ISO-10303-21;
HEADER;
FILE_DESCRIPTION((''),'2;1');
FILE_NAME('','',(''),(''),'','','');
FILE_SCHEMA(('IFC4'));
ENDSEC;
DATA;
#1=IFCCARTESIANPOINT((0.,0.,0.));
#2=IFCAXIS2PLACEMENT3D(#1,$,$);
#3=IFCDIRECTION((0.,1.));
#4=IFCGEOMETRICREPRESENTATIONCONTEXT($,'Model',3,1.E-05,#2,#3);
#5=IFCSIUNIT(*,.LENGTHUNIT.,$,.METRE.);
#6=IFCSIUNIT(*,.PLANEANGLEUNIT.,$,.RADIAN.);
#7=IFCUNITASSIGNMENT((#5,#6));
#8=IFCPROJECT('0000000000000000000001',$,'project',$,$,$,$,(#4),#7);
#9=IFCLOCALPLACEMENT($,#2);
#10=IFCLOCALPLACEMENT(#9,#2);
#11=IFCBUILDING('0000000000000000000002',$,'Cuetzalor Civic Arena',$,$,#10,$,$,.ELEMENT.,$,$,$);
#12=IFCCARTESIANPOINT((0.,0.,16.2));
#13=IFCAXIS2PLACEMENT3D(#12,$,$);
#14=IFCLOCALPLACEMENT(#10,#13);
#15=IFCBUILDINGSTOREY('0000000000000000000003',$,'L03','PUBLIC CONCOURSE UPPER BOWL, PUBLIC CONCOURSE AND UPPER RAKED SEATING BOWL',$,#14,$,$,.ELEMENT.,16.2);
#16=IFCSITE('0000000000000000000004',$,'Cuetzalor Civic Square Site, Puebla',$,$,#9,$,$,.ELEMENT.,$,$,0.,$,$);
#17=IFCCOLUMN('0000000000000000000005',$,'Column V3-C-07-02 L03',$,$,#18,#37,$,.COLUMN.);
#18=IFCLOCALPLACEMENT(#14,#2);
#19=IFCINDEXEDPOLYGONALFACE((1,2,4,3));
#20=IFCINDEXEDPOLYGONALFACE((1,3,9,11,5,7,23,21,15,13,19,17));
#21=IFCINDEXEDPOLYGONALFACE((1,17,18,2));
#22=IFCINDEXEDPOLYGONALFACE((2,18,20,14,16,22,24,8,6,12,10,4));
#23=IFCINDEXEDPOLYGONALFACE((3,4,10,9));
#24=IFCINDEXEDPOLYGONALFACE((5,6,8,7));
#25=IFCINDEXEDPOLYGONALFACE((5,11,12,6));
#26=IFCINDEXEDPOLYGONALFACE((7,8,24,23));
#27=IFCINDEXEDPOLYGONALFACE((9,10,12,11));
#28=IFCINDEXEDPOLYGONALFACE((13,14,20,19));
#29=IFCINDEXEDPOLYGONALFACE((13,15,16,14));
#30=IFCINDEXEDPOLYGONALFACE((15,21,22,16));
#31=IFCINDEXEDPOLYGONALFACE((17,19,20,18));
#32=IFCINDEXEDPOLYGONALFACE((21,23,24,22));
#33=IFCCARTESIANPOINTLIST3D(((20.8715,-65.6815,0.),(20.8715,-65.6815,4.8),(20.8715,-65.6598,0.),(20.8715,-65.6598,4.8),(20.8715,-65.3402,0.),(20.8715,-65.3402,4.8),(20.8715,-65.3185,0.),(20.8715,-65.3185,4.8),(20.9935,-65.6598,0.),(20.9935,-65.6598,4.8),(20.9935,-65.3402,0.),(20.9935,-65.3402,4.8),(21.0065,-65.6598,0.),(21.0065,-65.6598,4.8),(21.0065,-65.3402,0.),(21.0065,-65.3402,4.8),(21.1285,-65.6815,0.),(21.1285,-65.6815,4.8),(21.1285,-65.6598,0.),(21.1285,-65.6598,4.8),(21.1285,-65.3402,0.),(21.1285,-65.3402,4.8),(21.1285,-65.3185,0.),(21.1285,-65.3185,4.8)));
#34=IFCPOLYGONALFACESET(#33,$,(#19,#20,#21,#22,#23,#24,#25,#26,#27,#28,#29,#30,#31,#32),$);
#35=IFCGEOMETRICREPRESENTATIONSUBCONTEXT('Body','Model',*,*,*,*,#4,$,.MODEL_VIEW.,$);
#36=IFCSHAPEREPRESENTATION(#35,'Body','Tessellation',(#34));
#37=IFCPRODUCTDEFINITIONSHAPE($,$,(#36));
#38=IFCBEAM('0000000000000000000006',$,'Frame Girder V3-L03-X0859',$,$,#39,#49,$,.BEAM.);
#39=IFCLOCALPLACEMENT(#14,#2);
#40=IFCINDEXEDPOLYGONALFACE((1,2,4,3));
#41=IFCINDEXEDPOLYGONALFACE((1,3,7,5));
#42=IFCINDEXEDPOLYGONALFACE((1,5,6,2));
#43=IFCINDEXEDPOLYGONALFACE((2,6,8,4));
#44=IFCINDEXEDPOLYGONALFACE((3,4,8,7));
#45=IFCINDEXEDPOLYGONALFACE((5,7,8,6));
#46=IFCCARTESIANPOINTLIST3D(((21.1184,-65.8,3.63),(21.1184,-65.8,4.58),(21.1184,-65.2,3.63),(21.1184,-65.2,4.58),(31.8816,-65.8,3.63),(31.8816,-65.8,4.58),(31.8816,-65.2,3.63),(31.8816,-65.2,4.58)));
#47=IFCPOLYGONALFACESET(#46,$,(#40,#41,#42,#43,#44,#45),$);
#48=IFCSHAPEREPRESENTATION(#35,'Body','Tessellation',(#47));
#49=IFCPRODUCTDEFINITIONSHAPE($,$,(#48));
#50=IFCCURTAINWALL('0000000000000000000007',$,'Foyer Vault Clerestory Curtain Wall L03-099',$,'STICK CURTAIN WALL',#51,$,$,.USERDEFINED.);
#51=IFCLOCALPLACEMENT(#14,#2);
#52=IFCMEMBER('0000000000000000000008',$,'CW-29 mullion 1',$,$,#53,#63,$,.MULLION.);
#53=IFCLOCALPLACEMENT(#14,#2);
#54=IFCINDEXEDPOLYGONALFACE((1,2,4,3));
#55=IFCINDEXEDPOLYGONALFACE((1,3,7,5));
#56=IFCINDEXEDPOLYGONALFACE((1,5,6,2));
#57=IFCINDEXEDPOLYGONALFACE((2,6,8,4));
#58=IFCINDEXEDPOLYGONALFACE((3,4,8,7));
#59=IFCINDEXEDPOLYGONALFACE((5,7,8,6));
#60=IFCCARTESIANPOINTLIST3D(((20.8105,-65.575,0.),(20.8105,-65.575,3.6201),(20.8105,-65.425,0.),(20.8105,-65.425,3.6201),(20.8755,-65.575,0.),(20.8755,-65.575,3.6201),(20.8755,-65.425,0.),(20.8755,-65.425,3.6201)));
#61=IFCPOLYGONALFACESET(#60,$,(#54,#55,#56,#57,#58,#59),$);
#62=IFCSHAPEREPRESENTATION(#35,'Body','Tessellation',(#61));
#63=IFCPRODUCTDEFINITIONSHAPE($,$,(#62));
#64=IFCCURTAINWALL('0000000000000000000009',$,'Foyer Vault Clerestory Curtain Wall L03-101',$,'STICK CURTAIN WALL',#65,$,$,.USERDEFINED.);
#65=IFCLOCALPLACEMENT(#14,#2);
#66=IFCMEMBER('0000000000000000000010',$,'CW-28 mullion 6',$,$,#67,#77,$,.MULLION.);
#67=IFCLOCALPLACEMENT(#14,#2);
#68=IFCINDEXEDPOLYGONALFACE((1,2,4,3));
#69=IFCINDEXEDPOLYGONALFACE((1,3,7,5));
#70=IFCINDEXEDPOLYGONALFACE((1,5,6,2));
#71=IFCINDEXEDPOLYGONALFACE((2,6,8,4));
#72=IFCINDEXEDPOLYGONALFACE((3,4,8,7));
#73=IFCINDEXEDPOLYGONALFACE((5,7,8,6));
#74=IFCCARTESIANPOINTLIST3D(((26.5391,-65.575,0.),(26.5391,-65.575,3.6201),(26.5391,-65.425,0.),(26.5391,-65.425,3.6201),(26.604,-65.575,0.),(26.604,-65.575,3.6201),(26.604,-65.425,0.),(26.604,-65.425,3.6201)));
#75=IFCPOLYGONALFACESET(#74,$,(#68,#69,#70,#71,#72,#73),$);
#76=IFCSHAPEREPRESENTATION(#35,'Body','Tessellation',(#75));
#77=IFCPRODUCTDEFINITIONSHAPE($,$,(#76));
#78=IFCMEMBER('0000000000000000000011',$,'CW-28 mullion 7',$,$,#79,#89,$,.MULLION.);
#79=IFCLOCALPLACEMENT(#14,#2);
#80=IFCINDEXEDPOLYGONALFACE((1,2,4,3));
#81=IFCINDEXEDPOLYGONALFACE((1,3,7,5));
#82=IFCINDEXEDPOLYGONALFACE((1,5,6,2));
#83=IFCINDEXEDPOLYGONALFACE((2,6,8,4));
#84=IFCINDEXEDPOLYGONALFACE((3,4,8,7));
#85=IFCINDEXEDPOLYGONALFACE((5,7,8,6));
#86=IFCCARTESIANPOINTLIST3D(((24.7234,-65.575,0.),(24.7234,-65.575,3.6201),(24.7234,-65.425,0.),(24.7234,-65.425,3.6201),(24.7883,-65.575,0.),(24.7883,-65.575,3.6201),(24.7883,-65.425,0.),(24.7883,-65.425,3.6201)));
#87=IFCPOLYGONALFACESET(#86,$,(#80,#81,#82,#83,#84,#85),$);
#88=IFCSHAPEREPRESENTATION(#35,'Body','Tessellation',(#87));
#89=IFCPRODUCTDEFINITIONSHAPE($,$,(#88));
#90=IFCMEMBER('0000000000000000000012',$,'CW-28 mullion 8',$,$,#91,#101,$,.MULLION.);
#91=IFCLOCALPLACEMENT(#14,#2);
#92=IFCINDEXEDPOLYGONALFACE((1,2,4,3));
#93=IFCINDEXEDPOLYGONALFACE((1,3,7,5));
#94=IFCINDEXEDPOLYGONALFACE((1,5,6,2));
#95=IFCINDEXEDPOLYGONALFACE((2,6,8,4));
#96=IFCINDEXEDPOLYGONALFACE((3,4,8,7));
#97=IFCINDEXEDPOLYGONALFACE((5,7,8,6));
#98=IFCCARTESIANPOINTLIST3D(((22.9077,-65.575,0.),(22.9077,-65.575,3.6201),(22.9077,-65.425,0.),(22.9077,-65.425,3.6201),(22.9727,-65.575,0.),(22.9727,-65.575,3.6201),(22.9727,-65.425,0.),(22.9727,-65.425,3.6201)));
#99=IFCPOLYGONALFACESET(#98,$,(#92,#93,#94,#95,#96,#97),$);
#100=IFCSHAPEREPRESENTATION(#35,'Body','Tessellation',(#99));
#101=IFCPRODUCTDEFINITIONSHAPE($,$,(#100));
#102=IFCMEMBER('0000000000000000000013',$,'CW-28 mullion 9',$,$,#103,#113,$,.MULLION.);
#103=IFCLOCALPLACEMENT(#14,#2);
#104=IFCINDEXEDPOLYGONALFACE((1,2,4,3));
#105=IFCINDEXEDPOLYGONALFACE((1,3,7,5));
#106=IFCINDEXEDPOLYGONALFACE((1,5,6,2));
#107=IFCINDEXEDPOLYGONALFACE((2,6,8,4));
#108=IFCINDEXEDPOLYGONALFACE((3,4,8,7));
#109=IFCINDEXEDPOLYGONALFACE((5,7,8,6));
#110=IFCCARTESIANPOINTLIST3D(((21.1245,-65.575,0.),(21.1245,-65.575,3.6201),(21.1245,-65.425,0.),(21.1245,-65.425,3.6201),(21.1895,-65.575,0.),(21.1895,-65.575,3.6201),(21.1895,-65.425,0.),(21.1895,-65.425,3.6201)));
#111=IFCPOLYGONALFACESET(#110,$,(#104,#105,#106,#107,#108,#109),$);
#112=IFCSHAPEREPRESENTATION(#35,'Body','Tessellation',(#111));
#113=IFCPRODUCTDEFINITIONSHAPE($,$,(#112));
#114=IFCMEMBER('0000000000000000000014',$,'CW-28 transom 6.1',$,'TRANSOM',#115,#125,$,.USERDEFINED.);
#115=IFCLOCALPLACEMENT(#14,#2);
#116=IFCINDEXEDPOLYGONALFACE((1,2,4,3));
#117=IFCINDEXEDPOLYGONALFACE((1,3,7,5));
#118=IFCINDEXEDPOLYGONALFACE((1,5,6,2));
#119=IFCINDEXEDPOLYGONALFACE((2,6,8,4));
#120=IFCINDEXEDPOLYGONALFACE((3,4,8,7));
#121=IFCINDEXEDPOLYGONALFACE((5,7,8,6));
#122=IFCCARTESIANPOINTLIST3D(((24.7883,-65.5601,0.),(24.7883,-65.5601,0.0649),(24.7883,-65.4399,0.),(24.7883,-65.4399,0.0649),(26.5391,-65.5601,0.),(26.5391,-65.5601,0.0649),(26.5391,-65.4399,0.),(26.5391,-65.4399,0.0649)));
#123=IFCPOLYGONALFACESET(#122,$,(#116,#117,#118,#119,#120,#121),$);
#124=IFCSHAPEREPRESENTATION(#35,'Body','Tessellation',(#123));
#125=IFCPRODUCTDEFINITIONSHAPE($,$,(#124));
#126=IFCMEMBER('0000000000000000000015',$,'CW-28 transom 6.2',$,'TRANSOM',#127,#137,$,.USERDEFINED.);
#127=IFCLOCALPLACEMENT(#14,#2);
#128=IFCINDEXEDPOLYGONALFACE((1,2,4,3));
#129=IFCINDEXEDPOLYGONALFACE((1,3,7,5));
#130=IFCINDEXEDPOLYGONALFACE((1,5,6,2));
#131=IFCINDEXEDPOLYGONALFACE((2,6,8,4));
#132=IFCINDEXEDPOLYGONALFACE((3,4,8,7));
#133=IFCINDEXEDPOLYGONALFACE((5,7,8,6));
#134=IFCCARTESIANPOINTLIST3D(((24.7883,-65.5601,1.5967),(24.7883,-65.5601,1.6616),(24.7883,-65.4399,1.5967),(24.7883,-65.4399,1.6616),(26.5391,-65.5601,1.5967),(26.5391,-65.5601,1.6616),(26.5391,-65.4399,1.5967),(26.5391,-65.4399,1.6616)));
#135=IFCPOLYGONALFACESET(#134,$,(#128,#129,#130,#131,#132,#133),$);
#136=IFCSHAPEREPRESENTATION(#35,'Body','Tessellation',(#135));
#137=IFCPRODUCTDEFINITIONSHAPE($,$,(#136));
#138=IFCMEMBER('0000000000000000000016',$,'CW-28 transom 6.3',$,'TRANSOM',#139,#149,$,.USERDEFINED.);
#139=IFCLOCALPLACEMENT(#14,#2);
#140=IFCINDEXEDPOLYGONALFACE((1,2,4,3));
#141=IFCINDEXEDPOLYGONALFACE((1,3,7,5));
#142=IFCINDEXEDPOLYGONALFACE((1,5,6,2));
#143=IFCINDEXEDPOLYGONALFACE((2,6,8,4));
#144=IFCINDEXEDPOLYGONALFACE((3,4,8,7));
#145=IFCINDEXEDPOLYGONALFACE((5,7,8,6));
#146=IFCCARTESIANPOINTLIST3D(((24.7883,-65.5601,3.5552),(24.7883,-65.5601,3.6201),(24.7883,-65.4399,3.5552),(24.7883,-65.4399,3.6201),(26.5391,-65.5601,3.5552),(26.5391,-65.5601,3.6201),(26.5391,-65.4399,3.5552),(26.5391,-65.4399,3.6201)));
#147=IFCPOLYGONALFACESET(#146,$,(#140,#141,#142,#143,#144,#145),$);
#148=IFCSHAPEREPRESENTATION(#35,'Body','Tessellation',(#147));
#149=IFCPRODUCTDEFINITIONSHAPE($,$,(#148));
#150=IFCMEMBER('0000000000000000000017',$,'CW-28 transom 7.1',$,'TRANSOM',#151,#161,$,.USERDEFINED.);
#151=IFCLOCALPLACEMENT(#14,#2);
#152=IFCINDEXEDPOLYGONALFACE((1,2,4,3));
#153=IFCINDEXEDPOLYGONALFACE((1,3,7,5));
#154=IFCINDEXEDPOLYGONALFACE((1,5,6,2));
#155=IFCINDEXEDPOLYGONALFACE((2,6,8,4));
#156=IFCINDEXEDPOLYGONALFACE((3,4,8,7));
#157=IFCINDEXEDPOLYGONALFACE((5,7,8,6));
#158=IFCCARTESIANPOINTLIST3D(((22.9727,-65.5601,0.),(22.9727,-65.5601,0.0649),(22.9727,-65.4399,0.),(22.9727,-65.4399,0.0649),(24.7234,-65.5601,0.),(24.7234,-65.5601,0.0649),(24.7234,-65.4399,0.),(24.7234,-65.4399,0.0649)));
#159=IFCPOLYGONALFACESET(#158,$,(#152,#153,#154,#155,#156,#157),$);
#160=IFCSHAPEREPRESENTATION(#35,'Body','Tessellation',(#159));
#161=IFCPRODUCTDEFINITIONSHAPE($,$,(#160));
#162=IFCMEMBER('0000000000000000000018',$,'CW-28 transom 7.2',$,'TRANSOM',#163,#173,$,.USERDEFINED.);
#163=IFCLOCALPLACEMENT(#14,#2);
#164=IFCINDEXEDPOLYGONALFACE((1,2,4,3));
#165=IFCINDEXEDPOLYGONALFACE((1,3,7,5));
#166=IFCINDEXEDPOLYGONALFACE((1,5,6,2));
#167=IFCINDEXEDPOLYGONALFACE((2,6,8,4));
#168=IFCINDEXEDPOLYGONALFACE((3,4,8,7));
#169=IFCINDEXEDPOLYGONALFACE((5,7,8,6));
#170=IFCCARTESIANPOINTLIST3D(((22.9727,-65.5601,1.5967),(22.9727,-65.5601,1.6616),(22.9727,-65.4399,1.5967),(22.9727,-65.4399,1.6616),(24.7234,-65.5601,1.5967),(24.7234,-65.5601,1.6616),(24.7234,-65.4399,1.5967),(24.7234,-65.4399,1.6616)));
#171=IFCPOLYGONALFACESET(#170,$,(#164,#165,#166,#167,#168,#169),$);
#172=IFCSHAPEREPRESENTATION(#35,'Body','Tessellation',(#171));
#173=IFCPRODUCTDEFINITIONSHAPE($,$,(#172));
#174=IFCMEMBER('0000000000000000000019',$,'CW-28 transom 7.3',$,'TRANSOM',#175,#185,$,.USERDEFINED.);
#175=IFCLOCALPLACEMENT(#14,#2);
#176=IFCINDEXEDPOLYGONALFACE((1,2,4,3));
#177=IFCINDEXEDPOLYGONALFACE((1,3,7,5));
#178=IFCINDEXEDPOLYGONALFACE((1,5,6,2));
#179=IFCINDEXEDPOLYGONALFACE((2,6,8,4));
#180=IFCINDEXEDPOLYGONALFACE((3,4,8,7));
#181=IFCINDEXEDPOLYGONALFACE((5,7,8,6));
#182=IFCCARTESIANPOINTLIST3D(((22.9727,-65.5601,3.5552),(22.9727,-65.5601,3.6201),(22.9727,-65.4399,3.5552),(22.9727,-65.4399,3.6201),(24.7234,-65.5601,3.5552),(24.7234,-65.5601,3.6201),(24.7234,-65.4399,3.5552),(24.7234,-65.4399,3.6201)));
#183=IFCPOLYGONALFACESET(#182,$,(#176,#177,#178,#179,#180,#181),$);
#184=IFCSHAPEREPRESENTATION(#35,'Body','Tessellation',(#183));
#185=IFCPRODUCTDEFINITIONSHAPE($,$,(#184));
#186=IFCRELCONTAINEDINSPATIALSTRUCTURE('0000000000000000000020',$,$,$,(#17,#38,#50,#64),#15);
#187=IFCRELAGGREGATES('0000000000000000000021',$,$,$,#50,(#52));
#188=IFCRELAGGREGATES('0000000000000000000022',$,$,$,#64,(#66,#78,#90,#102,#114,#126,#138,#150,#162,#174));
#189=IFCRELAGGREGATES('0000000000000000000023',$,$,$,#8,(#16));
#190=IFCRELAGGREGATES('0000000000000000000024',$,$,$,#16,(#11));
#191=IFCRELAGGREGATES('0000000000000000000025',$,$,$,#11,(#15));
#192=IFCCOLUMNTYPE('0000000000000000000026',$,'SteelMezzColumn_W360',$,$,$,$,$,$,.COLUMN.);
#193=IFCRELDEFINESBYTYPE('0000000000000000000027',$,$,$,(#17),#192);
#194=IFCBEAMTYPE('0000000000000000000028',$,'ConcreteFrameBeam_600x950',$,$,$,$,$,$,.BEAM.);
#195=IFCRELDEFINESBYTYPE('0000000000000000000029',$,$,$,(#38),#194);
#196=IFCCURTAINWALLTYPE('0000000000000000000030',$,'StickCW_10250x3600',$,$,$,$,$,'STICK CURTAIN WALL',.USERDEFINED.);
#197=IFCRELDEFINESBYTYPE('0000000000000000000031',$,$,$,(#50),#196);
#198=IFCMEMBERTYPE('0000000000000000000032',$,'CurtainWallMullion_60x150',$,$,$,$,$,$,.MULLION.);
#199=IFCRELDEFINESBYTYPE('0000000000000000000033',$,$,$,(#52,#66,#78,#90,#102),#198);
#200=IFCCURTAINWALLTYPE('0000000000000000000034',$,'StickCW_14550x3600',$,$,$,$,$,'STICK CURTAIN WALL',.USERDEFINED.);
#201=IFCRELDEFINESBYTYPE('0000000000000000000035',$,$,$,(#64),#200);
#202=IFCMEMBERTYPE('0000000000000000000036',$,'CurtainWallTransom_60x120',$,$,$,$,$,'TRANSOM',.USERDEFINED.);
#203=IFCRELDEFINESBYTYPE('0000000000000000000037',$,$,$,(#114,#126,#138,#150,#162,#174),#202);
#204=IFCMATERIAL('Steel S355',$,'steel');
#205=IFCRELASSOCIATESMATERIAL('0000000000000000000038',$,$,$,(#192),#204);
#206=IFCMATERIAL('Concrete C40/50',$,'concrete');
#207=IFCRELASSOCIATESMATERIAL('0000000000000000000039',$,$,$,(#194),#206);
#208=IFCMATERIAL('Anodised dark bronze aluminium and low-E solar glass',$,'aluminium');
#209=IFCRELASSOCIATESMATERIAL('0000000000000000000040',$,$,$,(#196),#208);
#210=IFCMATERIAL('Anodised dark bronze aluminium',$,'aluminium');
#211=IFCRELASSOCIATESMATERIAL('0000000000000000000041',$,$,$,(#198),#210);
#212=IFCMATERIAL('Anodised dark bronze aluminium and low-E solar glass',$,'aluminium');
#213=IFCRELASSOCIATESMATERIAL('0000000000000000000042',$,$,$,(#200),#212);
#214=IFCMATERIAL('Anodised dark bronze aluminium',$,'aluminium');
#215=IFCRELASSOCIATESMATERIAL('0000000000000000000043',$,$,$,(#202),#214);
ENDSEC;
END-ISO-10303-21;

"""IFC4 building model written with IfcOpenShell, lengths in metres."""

from ifc_helpers import new_model, si_unit, direction, frame, origin, origin_2d, place, context, subcontext, project, spatial, rectangle, i_section, extrude, material, material_profile, profile_set, type_object, element, aggregate, save


model = new_model("IFC4")

# Units and contexts
model_context = context("Model", 3, precision=1e-05, world=origin(), true_north=direction((0.0, 1.0)))
body_context = subcontext(model_context, "Body", "Model", "MODEL_VIEW")
ifc_project = project(units=[si_unit("LENGTHUNIT", "METRE"), si_unit("PLANEANGLEUNIT", "RADIAN")], contexts=[model_context])

# Site, building, storey
site_placement = place(None, origin())
site = spatial("IfcSite", under=ifc_project, at=site_placement, Name="Cuetzalor Civic Square Site, Puebla", CompositionType="ELEMENT", RefElevation=0.0)
building_placement = place(site_placement, origin())
building = spatial("IfcBuilding", under=site, at=building_placement, Name="Cuetzalor Civic Arena", CompositionType="ELEMENT")
storey_placement = place(building_placement, frame((0.0, 0.0, 16.2)))
storey = spatial("IfcBuildingStorey", under=building, at=storey_placement, Name="L03", Description="PUBLIC CONCOURSE UPPER BOWL, PUBLIC CONCOURSE AND UPPER RAKED SEATING BOWL", CompositionType="ELEMENT", Elevation=16.2)

# Column
ifc_material_1 = material(Name="Steel S355", Category="steel")
ifc_material_profile_1 = material_profile(ifc_material_1, i_section(OverallWidth=0.2571, OverallDepth=0.363, WebThickness=0.0129, FlangeThickness=0.0217, at=origin_2d()), Name="W360x122")
ifc_profile_set_1 = profile_set([ifc_material_profile_1], Name="Steel S355")
column_type = type_object("IfcColumnType", Name="SteelMezzColumn_W360", PredefinedType="COLUMN", material=ifc_profile_set_1)
column_placement = place(storey_placement, frame((21.0, -65.5, 0.0), z_axis=(0.0, 0.0, 1.0), x_axis=(1.0, 0.0, 0.0)))
element("IfcColumn", 1, at=column_placement, inside=storey, type_object=column_type, Name="Column V3-C-07-02 L03", PredefinedType="COLUMN", context=body_context, shape_type="SweptSolid", body=[
    extrude(i_section(OverallWidth=0.2571, OverallDepth=0.363, WebThickness=0.0129, FlangeThickness=0.0217, at=origin_2d()), origin(), (0.0, 0.0, 1.0), 4.8),
])

# Beam
ifc_material_2 = material(Name="Concrete C40/50", Category="concrete")
ifc_material_profile_2 = material_profile(ifc_material_2, rectangle(XDim=0.6001, YDim=0.95, at=origin_2d()), Name="RC 600x950")
ifc_profile_set_2 = profile_set([ifc_material_profile_2], Name="Concrete C40/50")
beam_type = type_object("IfcBeamType", Name="ConcreteFrameBeam_600x950", PredefinedType="BEAM", material=ifc_profile_set_2)
beam_placement = place(storey_placement, frame((21.1184, -65.5, 4.105), z_axis=(1.0, 0.0, 0.0), x_axis=(0.0, 1.0, 0.0)))
element("IfcBeam", 2, at=beam_placement, inside=storey, type_object=beam_type, Name="Frame Girder V3-L03-X0859", PredefinedType="BEAM", context=body_context, shape_type="SweptSolid", body=[
    extrude(rectangle(XDim=0.6001, YDim=0.95, at=origin_2d()), origin(), (0.0, 0.0, 1.0), 10.7632),
])

# Curtain wall, member
ifc_material_3 = material(Name="Anodised dark bronze aluminium and low-E solar glass", Category="aluminium")
curtain_wall_type_1 = type_object("IfcCurtainWallType", Name="StickCW_10250x3600", ElementType="STICK CURTAIN WALL", PredefinedType="USERDEFINED", material=ifc_material_3)
curtain_wall_1_placement = place(storey_placement, origin())
curtain_wall_1 = element("IfcCurtainWall", 3, at=curtain_wall_1_placement, inside=storey, type_object=curtain_wall_type_1, Name="Foyer Vault Clerestory Curtain Wall L03-099", ObjectType="STICK CURTAIN WALL", PredefinedType="USERDEFINED")
ifc_material_4 = material(Name="Anodised dark bronze aluminium", Category="aluminium")
ifc_material_profile_3 = material_profile(ifc_material_4, rectangle(XDim=0.0649, YDim=0.1499, at=origin_2d()), Name="ALU MULLION 65x150")
ifc_profile_set_3 = profile_set([ifc_material_profile_3], Name="Anodised dark bronze aluminium")
member_type_1 = type_object("IfcMemberType", Name="CurtainWallMullion_60x150", PredefinedType="MULLION", material=ifc_profile_set_3)
member_1_placement = place(storey_placement, frame((20.843, -65.5, 0.0), z_axis=(0.0, 0.0, 1.0), x_axis=(-1.0, 0.0, 0.0)))
member_1 = element("IfcMember", 4, at=member_1_placement, type_object=member_type_1, Name="CW-29 mullion 1", PredefinedType="MULLION", context=body_context, shape_type="SweptSolid", body=[
    extrude(rectangle(XDim=0.0649, YDim=0.1499, at=origin_2d()), origin(), (0.0, 0.0, 1.0), 3.6201),
])
aggregate(curtain_wall_1, [member_1])

# Curtain wall, members
ifc_material_5 = material(Name="Anodised dark bronze aluminium and low-E solar glass", Category="aluminium")
curtain_wall_type_2 = type_object("IfcCurtainWallType", Name="StickCW_14550x3600", ElementType="STICK CURTAIN WALL", PredefinedType="USERDEFINED", material=ifc_material_5)
curtain_wall_2_placement = place(storey_placement, origin())
curtain_wall_2 = element("IfcCurtainWall", 5, at=curtain_wall_2_placement, inside=storey, type_object=curtain_wall_type_2, Name="Foyer Vault Clerestory Curtain Wall L03-101", ObjectType="STICK CURTAIN WALL", PredefinedType="USERDEFINED")
member_2_placement = place(storey_placement, frame((26.5715, -65.5, 0.0), z_axis=(0.0, 0.0, 1.0), x_axis=(-1.0, 0.0, 0.0)))
member_2 = element("IfcMember", 6, at=member_2_placement, type_object=member_type_1, Name="CW-28 mullion 6", PredefinedType="MULLION", context=body_context, shape_type="SweptSolid", body=[
    extrude(rectangle(XDim=0.0649, YDim=0.1499, at=origin_2d()), origin(), (0.0, 0.0, 1.0), 3.6201),
])
member_3_placement = place(storey_placement, frame((24.7559, -65.5, 0.0), z_axis=(0.0, 0.0, 1.0), x_axis=(-1.0, 0.0, 0.0)))
member_3 = element("IfcMember", 7, at=member_3_placement, type_object=member_type_1, Name="CW-28 mullion 7", PredefinedType="MULLION", context=body_context, shape_type="SweptSolid", body=[
    extrude(rectangle(XDim=0.0649, YDim=0.1499, at=origin_2d()), origin(), (0.0, 0.0, 1.0), 3.6201),
])
member_4_placement = place(storey_placement, frame((22.9402, -65.5, 0.0), z_axis=(0.0, 0.0, 1.0), x_axis=(-1.0, 0.0, 0.0)))
member_4 = element("IfcMember", 8, at=member_4_placement, type_object=member_type_1, Name="CW-28 mullion 8", PredefinedType="MULLION", context=body_context, shape_type="SweptSolid", body=[
    extrude(rectangle(XDim=0.0649, YDim=0.1499, at=origin_2d()), origin(), (0.0, 0.0, 1.0), 3.6201),
])
member_5_placement = place(storey_placement, frame((21.157, -65.5, 0.0), z_axis=(0.0, 0.0, 1.0), x_axis=(-1.0, 0.0, 0.0)))
member_5 = element("IfcMember", 9, at=member_5_placement, type_object=member_type_1, Name="CW-28 mullion 9", PredefinedType="MULLION", context=body_context, shape_type="SweptSolid", body=[
    extrude(rectangle(XDim=0.0649, YDim=0.1499, at=origin_2d()), origin(), (0.0, 0.0, 1.0), 3.6201),
])
ifc_material_6 = material(Name="Anodised dark bronze aluminium", Category="aluminium")
ifc_material_profile_4 = material_profile(ifc_material_6, rectangle(XDim=0.1201, YDim=0.0649, at=origin_2d()), Name="ALU TRANSOM 65x120")
ifc_profile_set_4 = profile_set([ifc_material_profile_4], Name="Anodised dark bronze aluminium")
member_type_2 = type_object("IfcMemberType", Name="CurtainWallTransom_60x120", ElementType="TRANSOM", PredefinedType="USERDEFINED", material=ifc_profile_set_4)
member_6_placement = place(storey_placement, frame((26.5391, -65.5, 0.0325), z_axis=(-1.0, 0.0, 0.0), x_axis=(0.0, -1.0, 0.0)))
member_6 = element("IfcMember", 10, at=member_6_placement, type_object=member_type_2, Name="CW-28 transom 6.1", ObjectType="TRANSOM", PredefinedType="USERDEFINED", context=body_context, shape_type="SweptSolid", body=[
    extrude(rectangle(XDim=0.1201, YDim=0.0649, at=origin_2d()), origin(), (0.0, 0.0, 1.0), 1.7507),
])
member_7_placement = place(storey_placement, frame((26.5391, -65.5, 1.6292), z_axis=(-1.0, 0.0, 0.0), x_axis=(0.0, -1.0, 0.0)))
member_7 = element("IfcMember", 11, at=member_7_placement, type_object=member_type_2, Name="CW-28 transom 6.2", ObjectType="TRANSOM", PredefinedType="USERDEFINED", context=body_context, shape_type="SweptSolid", body=[
    extrude(rectangle(XDim=0.1201, YDim=0.0649, at=origin_2d()), origin(), (0.0, 0.0, 1.0), 1.7507),
])
member_8_placement = place(storey_placement, frame((26.5391, -65.5, 3.5876), z_axis=(-1.0, 0.0, 0.0), x_axis=(0.0, -1.0, 0.0)))
member_8 = element("IfcMember", 12, at=member_8_placement, type_object=member_type_2, Name="CW-28 transom 6.3", ObjectType="TRANSOM", PredefinedType="USERDEFINED", context=body_context, shape_type="SweptSolid", body=[
    extrude(rectangle(XDim=0.1201, YDim=0.0649, at=origin_2d()), origin(), (0.0, 0.0, 1.0), 1.7507),
])
member_9_placement = place(storey_placement, frame((24.7234, -65.5, 0.0325), z_axis=(-1.0, 0.0, 0.0), x_axis=(0.0, -1.0, 0.0)))
member_9 = element("IfcMember", 13, at=member_9_placement, type_object=member_type_2, Name="CW-28 transom 7.1", ObjectType="TRANSOM", PredefinedType="USERDEFINED", context=body_context, shape_type="SweptSolid", body=[
    extrude(rectangle(XDim=0.1201, YDim=0.0649, at=origin_2d()), origin(), (0.0, 0.0, 1.0), 1.7507),
])
member_10_placement = place(storey_placement, frame((24.7234, -65.5, 1.6292), z_axis=(-1.0, 0.0, 0.0), x_axis=(0.0, -1.0, 0.0)))
member_10 = element("IfcMember", 14, at=member_10_placement, type_object=member_type_2, Name="CW-28 transom 7.2", ObjectType="TRANSOM", PredefinedType="USERDEFINED", context=body_context, shape_type="SweptSolid", body=[
    extrude(rectangle(XDim=0.1201, YDim=0.0649, at=origin_2d()), origin(), (0.0, 0.0, 1.0), 1.7507),
])
member_11_placement = place(storey_placement, frame((24.7234, -65.5, 3.5876), z_axis=(-1.0, 0.0, 0.0), x_axis=(0.0, -1.0, 0.0)))
member_11 = element("IfcMember", 15, at=member_11_placement, type_object=member_type_2, Name="CW-28 transom 7.3", ObjectType="TRANSOM", PredefinedType="USERDEFINED", context=body_context, shape_type="SweptSolid", body=[
    extrude(rectangle(XDim=0.1201, YDim=0.0649, at=origin_2d()), origin(), (0.0, 0.0, 1.0), 1.7507),
])
aggregate(curtain_wall_2, [member_2, member_3, member_4, member_5, member_6, member_7, member_8, member_9, member_10, member_11])

save(model, "model.ifc")
